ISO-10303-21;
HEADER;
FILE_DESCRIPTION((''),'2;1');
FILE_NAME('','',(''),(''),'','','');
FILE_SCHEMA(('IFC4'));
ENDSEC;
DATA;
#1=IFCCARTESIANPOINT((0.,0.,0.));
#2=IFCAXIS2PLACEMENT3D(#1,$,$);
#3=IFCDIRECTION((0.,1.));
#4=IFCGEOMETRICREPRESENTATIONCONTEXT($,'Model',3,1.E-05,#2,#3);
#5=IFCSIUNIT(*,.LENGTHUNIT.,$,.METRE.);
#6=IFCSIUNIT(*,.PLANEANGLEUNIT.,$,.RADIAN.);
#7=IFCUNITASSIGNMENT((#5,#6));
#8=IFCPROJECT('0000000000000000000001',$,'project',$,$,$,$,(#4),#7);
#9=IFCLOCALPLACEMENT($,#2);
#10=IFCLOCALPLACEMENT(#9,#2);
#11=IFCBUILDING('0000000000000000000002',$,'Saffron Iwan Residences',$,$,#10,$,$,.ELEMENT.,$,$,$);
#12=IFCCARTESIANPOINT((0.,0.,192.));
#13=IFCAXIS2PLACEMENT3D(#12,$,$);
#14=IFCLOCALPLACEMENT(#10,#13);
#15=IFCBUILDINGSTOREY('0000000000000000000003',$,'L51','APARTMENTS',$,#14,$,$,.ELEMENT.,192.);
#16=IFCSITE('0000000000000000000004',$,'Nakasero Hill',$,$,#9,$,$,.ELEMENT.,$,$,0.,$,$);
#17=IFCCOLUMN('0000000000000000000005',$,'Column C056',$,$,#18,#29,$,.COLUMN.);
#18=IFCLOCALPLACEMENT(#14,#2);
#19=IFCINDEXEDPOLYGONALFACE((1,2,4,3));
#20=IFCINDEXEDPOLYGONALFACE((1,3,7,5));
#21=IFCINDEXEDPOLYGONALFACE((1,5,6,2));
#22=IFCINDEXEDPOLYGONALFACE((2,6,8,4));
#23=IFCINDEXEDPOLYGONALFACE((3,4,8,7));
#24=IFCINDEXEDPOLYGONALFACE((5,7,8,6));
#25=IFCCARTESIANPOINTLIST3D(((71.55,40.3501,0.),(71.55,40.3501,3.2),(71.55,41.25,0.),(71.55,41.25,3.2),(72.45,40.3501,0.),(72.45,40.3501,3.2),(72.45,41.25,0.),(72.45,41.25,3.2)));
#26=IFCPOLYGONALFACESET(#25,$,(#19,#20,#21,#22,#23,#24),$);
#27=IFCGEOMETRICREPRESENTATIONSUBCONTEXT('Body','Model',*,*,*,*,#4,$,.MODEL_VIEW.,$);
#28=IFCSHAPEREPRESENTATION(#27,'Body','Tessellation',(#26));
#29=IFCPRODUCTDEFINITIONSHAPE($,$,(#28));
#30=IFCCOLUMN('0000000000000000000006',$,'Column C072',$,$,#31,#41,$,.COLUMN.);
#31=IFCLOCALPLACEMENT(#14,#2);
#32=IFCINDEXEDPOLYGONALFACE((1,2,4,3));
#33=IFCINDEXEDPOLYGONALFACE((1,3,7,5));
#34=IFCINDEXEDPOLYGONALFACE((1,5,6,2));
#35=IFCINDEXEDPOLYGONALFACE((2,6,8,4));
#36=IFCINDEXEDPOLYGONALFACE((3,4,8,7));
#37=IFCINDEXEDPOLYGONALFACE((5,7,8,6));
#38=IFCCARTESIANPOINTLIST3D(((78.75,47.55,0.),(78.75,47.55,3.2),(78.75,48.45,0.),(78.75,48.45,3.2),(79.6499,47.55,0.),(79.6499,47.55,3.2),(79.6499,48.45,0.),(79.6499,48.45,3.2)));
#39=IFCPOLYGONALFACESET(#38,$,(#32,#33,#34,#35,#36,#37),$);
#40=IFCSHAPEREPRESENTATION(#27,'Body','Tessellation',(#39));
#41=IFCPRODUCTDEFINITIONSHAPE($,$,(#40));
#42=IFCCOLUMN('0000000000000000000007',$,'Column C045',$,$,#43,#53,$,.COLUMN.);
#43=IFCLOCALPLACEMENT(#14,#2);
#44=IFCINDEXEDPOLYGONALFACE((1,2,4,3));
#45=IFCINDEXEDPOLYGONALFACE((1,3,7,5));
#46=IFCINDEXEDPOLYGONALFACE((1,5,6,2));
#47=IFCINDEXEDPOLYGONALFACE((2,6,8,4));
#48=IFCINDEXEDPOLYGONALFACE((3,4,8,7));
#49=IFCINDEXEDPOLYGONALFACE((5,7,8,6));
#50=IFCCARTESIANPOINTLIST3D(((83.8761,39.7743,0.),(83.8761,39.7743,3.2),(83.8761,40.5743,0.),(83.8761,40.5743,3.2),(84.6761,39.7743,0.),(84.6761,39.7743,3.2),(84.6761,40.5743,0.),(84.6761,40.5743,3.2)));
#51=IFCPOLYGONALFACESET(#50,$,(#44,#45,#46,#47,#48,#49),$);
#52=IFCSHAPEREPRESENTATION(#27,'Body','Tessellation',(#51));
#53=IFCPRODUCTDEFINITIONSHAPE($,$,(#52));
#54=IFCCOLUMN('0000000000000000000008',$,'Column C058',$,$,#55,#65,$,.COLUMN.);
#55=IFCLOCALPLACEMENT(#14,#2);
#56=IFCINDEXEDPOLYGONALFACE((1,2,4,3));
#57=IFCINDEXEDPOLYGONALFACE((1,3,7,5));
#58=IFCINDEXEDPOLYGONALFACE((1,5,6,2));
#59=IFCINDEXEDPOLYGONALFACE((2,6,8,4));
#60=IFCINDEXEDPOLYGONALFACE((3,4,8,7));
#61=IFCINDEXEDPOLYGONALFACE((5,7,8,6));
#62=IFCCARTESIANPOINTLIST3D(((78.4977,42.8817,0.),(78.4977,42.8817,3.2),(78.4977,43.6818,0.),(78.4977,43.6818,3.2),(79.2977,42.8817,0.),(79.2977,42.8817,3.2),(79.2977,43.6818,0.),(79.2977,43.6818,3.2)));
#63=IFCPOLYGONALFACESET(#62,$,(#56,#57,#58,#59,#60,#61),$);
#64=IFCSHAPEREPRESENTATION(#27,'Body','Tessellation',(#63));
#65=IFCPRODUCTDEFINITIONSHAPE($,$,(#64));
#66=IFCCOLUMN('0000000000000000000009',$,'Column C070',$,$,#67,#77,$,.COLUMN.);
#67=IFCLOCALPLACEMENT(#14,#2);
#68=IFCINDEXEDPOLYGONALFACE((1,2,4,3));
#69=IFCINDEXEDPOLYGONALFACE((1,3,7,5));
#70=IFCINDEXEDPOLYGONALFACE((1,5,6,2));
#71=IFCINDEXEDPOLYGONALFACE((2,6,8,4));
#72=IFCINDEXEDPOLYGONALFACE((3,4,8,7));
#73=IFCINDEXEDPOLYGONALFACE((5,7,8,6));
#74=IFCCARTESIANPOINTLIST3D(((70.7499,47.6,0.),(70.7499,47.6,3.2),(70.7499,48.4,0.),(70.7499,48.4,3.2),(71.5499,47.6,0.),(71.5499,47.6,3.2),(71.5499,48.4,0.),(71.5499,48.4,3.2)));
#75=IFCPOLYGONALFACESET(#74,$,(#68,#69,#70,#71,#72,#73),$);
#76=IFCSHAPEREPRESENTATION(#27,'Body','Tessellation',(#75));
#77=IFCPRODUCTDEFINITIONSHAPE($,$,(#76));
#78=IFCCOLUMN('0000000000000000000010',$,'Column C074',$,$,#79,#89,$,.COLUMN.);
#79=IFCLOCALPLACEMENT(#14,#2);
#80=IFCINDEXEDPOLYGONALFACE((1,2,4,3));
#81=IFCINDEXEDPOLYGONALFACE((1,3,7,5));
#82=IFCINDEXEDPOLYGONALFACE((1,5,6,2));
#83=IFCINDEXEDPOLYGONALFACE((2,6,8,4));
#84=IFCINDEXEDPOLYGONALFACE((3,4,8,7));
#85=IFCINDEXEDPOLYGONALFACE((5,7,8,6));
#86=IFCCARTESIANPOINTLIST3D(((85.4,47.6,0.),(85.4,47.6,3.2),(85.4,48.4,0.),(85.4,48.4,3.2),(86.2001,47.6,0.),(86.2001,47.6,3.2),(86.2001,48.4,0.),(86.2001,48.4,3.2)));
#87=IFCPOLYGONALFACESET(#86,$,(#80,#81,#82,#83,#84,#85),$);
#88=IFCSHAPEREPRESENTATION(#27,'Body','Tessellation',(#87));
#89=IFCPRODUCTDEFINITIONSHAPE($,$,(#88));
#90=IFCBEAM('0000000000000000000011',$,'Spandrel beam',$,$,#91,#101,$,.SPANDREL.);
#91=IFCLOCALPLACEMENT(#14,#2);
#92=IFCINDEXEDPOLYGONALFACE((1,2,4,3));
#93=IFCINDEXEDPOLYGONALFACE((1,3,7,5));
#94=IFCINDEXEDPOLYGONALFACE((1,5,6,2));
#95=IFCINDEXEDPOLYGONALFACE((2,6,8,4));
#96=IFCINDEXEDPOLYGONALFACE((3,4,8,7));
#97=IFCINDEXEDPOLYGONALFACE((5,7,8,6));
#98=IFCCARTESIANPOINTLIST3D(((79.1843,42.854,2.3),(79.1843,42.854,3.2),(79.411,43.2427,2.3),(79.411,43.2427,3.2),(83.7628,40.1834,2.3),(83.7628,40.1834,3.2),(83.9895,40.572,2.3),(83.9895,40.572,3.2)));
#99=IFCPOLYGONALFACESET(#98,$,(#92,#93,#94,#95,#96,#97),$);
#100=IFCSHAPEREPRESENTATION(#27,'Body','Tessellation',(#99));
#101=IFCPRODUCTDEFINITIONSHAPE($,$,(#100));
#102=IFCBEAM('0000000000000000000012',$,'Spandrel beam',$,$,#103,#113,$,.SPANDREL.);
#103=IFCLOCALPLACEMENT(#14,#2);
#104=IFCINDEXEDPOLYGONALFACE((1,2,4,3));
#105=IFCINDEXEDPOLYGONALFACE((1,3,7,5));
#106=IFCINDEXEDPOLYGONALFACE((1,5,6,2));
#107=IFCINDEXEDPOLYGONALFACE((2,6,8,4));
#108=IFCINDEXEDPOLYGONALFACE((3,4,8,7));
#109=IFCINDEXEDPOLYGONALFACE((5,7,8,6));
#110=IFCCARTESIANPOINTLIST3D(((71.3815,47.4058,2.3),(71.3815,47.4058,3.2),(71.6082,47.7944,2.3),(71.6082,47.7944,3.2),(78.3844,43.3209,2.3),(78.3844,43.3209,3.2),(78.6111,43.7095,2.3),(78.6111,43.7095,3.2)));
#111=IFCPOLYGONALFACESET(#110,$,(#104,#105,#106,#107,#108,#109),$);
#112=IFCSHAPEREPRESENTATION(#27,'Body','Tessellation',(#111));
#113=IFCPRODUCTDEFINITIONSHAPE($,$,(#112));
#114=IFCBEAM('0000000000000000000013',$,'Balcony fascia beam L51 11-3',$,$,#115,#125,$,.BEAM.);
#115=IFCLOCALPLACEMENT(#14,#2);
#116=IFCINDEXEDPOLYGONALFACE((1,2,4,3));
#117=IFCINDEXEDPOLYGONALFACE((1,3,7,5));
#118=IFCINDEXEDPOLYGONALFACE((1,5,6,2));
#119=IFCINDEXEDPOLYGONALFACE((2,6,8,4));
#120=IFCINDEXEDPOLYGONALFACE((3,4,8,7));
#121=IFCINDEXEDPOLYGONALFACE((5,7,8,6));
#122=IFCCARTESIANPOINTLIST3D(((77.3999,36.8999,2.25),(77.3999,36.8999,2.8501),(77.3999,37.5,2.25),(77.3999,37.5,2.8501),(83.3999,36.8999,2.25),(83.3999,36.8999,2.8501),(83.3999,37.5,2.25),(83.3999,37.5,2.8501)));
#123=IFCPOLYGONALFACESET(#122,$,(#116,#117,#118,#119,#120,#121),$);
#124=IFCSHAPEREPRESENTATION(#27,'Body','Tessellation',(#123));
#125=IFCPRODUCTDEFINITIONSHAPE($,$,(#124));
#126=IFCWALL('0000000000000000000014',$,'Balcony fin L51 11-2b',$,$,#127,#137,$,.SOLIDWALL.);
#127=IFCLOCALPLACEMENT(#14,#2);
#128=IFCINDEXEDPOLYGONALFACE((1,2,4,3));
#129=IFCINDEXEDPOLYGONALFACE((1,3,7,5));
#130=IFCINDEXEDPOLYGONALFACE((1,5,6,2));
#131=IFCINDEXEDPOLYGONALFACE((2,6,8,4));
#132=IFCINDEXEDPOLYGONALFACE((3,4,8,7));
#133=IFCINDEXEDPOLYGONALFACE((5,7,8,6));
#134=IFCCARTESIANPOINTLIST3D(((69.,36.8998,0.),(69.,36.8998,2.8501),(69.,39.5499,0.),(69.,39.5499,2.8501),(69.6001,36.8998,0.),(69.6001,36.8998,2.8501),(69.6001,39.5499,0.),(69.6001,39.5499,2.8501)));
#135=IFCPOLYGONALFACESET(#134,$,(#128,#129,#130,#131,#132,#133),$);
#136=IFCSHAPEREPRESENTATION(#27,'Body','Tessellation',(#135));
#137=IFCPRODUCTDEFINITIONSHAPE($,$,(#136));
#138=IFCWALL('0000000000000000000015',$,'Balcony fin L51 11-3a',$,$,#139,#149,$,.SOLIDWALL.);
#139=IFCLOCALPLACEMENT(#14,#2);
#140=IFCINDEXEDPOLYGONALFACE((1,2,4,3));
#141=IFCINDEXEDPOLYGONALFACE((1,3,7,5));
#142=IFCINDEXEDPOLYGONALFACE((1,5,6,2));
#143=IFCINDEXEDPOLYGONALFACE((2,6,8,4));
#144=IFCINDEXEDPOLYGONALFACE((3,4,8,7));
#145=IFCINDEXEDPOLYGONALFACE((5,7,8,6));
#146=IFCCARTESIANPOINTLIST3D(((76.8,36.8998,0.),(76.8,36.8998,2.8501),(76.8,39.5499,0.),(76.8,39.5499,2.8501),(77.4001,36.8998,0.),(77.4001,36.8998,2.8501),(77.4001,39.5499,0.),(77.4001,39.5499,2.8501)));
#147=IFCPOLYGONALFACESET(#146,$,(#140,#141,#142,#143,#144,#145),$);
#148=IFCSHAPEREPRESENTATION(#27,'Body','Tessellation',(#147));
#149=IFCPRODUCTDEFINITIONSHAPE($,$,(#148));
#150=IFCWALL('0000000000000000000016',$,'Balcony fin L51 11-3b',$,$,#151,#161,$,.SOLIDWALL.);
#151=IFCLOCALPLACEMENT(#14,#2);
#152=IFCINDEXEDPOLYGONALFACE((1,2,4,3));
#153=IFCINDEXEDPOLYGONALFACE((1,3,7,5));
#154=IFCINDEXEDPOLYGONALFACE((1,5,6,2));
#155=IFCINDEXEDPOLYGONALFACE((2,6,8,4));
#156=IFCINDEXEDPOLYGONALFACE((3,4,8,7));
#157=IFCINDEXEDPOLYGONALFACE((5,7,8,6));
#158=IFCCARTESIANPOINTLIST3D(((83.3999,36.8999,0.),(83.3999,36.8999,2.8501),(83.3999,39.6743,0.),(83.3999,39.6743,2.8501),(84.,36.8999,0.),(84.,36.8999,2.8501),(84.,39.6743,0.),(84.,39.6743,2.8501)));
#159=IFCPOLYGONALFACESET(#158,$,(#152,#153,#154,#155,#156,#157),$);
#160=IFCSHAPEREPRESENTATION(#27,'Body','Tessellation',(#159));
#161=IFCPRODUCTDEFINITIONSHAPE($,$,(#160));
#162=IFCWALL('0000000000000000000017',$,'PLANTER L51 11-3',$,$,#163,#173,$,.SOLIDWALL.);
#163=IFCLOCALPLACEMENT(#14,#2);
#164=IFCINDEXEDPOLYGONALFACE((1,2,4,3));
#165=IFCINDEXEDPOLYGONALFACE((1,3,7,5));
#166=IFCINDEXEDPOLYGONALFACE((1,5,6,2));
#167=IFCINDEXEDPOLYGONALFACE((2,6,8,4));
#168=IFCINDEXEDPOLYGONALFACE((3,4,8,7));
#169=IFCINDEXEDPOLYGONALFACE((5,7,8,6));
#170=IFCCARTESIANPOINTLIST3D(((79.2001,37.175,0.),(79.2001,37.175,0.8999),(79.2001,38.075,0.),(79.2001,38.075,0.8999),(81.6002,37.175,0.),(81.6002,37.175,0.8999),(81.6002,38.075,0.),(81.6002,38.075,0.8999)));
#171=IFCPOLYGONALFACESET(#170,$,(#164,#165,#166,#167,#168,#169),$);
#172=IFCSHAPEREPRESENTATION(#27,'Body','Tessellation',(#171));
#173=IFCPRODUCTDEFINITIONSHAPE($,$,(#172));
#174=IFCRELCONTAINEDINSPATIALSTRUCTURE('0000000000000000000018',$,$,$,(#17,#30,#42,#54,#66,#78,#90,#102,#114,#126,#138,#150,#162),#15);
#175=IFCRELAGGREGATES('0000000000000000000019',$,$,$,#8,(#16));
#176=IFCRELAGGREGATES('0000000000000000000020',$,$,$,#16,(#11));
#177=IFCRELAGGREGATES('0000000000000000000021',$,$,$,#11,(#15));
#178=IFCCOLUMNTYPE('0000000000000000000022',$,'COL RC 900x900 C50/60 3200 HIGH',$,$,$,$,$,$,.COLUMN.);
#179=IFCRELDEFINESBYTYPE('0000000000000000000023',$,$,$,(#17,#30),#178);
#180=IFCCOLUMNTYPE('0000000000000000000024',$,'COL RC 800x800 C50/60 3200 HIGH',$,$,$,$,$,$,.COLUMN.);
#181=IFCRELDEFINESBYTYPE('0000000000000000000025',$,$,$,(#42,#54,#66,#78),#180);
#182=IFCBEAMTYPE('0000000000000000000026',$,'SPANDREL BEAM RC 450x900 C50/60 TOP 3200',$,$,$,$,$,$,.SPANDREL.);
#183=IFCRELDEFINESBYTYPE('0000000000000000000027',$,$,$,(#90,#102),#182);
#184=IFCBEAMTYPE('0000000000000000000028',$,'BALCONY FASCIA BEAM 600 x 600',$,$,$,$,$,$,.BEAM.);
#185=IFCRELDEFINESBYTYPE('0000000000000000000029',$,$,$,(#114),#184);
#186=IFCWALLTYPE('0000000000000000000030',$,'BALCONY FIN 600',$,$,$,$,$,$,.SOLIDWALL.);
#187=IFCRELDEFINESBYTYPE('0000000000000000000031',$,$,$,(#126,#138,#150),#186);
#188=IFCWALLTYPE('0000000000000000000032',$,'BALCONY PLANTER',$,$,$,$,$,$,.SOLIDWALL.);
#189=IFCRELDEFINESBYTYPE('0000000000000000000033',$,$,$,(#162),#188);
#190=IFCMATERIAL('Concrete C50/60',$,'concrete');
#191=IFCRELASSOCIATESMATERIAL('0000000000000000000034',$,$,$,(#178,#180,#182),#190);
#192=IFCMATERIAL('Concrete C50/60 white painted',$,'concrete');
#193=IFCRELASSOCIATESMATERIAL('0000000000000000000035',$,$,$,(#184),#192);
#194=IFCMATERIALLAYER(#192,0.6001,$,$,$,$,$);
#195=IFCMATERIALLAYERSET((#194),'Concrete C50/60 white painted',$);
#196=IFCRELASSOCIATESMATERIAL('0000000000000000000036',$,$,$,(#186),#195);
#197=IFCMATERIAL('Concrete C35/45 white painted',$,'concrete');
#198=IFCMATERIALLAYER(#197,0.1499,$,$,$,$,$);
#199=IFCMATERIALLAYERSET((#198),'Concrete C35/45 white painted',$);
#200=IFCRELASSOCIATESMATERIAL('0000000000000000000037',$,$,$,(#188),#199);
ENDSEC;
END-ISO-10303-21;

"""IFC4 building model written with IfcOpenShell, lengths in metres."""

from ifc_helpers import new_model, si_unit, direction, frame, frame_2d, origin, origin_2d, place, context, subcontext, project, spatial, rectangle, extrude, source, transform, mapped, material, layer, layer_set, material_profile, profile_set, type_object, element, save


model = new_model("IFC4")

# Units and contexts
model_context = context("Model", 3, precision=1e-05, world=origin(), true_north=direction((0.0, 1.0)))
body_context = subcontext(model_context, "Body", "Model", "MODEL_VIEW")
ifc_project = project(units=[si_unit("LENGTHUNIT", "METRE"), si_unit("PLANEANGLEUNIT", "RADIAN")], contexts=[model_context])

# Site, building, storey
site_placement = place(None, origin())
site = spatial("IfcSite", under=ifc_project, at=site_placement, Name="Nakasero Hill", CompositionType="ELEMENT", RefElevation=0.0)
building_placement = place(site_placement, origin())
building = spatial("IfcBuilding", under=site, at=building_placement, Name="Saffron Iwan Residences", CompositionType="ELEMENT")
storey_placement = place(building_placement, frame((0.0, 0.0, 192.0)))
storey = spatial("IfcBuildingStorey", under=building, at=storey_placement, Name="L51", Description="APARTMENTS", CompositionType="ELEMENT", Elevation=192.0)

# Columns
ifc_material_1 = material(Name="Concrete C50/60", Category="concrete")
ifc_material_profile_1 = material_profile(ifc_material_1, rectangle(XDim=0.8999, YDim=0.8999, at=origin_2d()), Name="RC 900x900")
ifc_profile_set_1 = profile_set([ifc_material_profile_1], Name="Concrete C50/60")
column_type_1 = type_object("IfcColumnType", Name="COL RC 900x900 C50/60 3200 HIGH", PredefinedType="COLUMN", material=ifc_profile_set_1)
shared_shape_1 = source(origin(), body_context, "Body", "SweptSolid", [
    extrude(rectangle(XDim=0.8999, YDim=0.8999, at=origin_2d()), origin(), (0.0, 0.0, 1.0), 3.2),
])
for number, where, z_axis, x_axis, name in (
    (1, (72.0, 40.8, 0.0), (0.0, 0.0, 1.0), (1.0, 0.0, 0.0), "Column C056"),
    (2, (79.2, 48.0, 0.0), (0.0, 0.0, 1.0), (1.0, 0.0, 0.0), "Column C072"),
):
    element("IfcColumn", number, at=place(storey_placement, frame(where, z_axis=z_axis, x_axis=x_axis)), inside=storey, type_object=column_type_1, Name=name, PredefinedType="COLUMN", context=body_context, shape_type="MappedRepresentation", body=[
        mapped(shared_shape_1, transform((0.0, 0.0, 0.0))),
    ])
ifc_material_profile_2 = material_profile(ifc_material_1, rectangle(XDim=0.8, YDim=0.8, at=origin_2d()), Name="RC 800x800")
ifc_profile_set_2 = profile_set([ifc_material_profile_2], Name="Concrete C50/60")
column_type_2 = type_object("IfcColumnType", Name="COL RC 800x800 C50/60 3200 HIGH", PredefinedType="COLUMN", material=ifc_profile_set_2)
shared_shape_2 = source(origin(), body_context, "Body", "SweptSolid", [
    extrude(rectangle(XDim=0.8, YDim=0.8, at=origin_2d()), origin(), (0.0, 0.0, 1.0), 3.2),
])
for number, where, z_axis, x_axis, name in (
    (3, (84.2761, 40.1743, 0.0), (0.0, 0.0, 1.0), (1.0, 0.0, 0.0), "Column C045"),
    (4, (78.8977, 43.2817, 0.0), (0.0, 0.0, 1.0), (1.0, 0.0, 0.0), "Column C058"),
    (5, (71.1499, 48.0, 0.0), (0.0, 0.0, 1.0), (1.0, 0.0, 0.0), "Column C070"),
    (6, (85.8, 48.0, 0.0), (0.0, 0.0, 1.0), (1.0, 0.0, 0.0), "Column C074"),
):
    element("IfcColumn", number, at=place(storey_placement, frame(where, z_axis=z_axis, x_axis=x_axis)), inside=storey, type_object=column_type_2, Name=name, PredefinedType="COLUMN", context=body_context, shape_type="MappedRepresentation", body=[
        mapped(shared_shape_2, transform((0.0, 0.0, 0.0))),
    ])

# Beams
ifc_material_profile_3 = material_profile(ifc_material_1, rectangle(XDim=0.45, YDim=0.8999, at=origin_2d()), Name="RC 450x900")
ifc_profile_set_3 = profile_set([ifc_material_profile_3], Name="Concrete C50/60")
beam_type_1 = type_object("IfcBeamType", Name="SPANDREL BEAM RC 450x900 C50/60 TOP 3200", PredefinedType="SPANDREL", material=ifc_profile_set_3)
shared_shape_3 = source(origin(), body_context, "Body", "SweptSolid", [
    extrude(rectangle(XDim=0.45, YDim=0.8999, at=origin_2d()), origin(), (0.0, 0.0, 1.0), 5.3005),
])
beam_1_placement = place(storey_placement, frame((79.2976, 43.0483, 2.75), z_axis=(0.863796, -0.503842, 0.0), x_axis=(0.503842, 0.863796, 0.0)))
element("IfcBeam", 7, at=beam_1_placement, inside=storey, type_object=beam_type_1, Name="Spandrel beam", PredefinedType="SPANDREL", context=body_context, shape_type="MappedRepresentation", body=[
    mapped(shared_shape_3, transform((0.0, 0.0, 0.0))),
])
shared_shape_4 = source(origin(), body_context, "Body", "SweptSolid", [
    extrude(rectangle(XDim=0.45, YDim=0.8999, at=origin_2d()), origin(), (0.0, 0.0, 1.0), 8.1072),
])
beam_2_placement = place(storey_placement, frame((71.4949, 47.6001, 2.75), z_axis=(0.863783, -0.503864, 0.0), x_axis=(0.503864, 0.863783, 0.0)))
element("IfcBeam", 8, at=beam_2_placement, inside=storey, type_object=beam_type_1, Name="Spandrel beam", PredefinedType="SPANDREL", context=body_context, shape_type="MappedRepresentation", body=[
    mapped(shared_shape_4, transform((0.0, 0.0, 0.0))),
])
ifc_material_2 = material(Name="Concrete C50/60 white painted", Category="concrete")
ifc_material_profile_4 = material_profile(ifc_material_2, rectangle(XDim=0.6001, YDim=0.6001, at=origin_2d()), Name="BALCONY FASCIA BEAM 600 x 600")
ifc_profile_set_4 = profile_set([ifc_material_profile_4], Name="Concrete C50/60 white painted")
beam_type_2 = type_object("IfcBeamType", Name="BALCONY FASCIA BEAM 600 x 600", PredefinedType="BEAM", material=ifc_profile_set_4)
shared_shape_5 = source(origin(), body_context, "Body", "SweptSolid", [
    extrude(rectangle(XDim=0.6001, YDim=0.6001, at=origin_2d()), origin(), (0.0, 0.0, 1.0), 6.0),
])
beam_3_placement = place(storey_placement, frame((77.3999, 37.2, 2.55), z_axis=(1.0, 0.0, 0.0), x_axis=(0.0, 1.0, 0.0)))
element("IfcBeam", 9, at=beam_3_placement, inside=storey, type_object=beam_type_2, Name="Balcony fascia beam L51 11-3", PredefinedType="BEAM", context=body_context, shape_type="MappedRepresentation", body=[
    mapped(shared_shape_5, transform((0.0, 0.0, 0.0))),
])

# Walls
ifc_layer_1 = layer(ifc_material_2, 0.6001)
ifc_layer_set_1 = layer_set([ifc_layer_1], Name="Concrete C50/60 white painted")
wall_type_1 = type_object("IfcWallType", Name="BALCONY FIN 600", PredefinedType="SOLIDWALL", material=ifc_layer_set_1)
for number, where, z_axis, x_axis, name in (
    (10, (69.3, 39.55, 0.0), (0.0, 0.0, 1.0), (0.0, -1.0, 0.0), "Balcony fin L51 11-2b"),
    (11, (77.1001, 39.55, 0.0), (0.0, 0.0, 1.0), (0.0, -1.0, 0.0), "Balcony fin L51 11-3a"),
):
    element("IfcWall", number, at=place(storey_placement, frame(where, z_axis=z_axis, x_axis=x_axis)), inside=storey, type_object=wall_type_1, Name=name, PredefinedType="SOLIDWALL", context=body_context, shape_type="SweptSolid", body=[
        extrude(rectangle(XDim=2.6501, YDim=0.6001, at=frame_2d((1.3252, 0.0))), origin(), (0.0, 0.0, 1.0), 2.8501),
    ])
wall_1_placement = place(storey_placement, frame((83.7, 39.6743, 0.0), z_axis=(0.0, 0.0, 1.0), x_axis=(0.0, -1.0, 0.0)))
element("IfcWall", 12, at=wall_1_placement, inside=storey, type_object=wall_type_1, Name="Balcony fin L51 11-3b", PredefinedType="SOLIDWALL", context=body_context, shape_type="SweptSolid", body=[
    extrude(rectangle(XDim=2.7744, YDim=0.6001, at=frame_2d((1.3872, 0.0))), origin(), (0.0, 0.0, 1.0), 2.8501),
])
ifc_material_3 = material(Name="Concrete C35/45 white painted", Category="concrete")
ifc_layer_2 = layer(ifc_material_3, 0.1499)
ifc_layer_set_2 = layer_set([ifc_layer_2], Name="Concrete C35/45 white painted")
wall_type_2 = type_object("IfcWallType", Name="BALCONY PLANTER", PredefinedType="SOLIDWALL", material=ifc_layer_set_2)
wall_2_placement = place(storey_placement, frame((79.2, 37.625, 0.0), z_axis=(0.0, 0.0, 1.0), x_axis=(1.0, 0.0, 0.0)))
element("IfcWall", 13, at=wall_2_placement, inside=storey, type_object=wall_type_2, Name="PLANTER L51 11-3", PredefinedType="SOLIDWALL", context=body_context, shape_type="SweptSolid", body=[
    extrude(rectangle(XDim=2.4001, YDim=0.8999, at=frame_2d((1.2002, 0.0))), origin(), (0.0, 0.0, 1.0), 0.8999),
])

save(model, "model.ifc")
